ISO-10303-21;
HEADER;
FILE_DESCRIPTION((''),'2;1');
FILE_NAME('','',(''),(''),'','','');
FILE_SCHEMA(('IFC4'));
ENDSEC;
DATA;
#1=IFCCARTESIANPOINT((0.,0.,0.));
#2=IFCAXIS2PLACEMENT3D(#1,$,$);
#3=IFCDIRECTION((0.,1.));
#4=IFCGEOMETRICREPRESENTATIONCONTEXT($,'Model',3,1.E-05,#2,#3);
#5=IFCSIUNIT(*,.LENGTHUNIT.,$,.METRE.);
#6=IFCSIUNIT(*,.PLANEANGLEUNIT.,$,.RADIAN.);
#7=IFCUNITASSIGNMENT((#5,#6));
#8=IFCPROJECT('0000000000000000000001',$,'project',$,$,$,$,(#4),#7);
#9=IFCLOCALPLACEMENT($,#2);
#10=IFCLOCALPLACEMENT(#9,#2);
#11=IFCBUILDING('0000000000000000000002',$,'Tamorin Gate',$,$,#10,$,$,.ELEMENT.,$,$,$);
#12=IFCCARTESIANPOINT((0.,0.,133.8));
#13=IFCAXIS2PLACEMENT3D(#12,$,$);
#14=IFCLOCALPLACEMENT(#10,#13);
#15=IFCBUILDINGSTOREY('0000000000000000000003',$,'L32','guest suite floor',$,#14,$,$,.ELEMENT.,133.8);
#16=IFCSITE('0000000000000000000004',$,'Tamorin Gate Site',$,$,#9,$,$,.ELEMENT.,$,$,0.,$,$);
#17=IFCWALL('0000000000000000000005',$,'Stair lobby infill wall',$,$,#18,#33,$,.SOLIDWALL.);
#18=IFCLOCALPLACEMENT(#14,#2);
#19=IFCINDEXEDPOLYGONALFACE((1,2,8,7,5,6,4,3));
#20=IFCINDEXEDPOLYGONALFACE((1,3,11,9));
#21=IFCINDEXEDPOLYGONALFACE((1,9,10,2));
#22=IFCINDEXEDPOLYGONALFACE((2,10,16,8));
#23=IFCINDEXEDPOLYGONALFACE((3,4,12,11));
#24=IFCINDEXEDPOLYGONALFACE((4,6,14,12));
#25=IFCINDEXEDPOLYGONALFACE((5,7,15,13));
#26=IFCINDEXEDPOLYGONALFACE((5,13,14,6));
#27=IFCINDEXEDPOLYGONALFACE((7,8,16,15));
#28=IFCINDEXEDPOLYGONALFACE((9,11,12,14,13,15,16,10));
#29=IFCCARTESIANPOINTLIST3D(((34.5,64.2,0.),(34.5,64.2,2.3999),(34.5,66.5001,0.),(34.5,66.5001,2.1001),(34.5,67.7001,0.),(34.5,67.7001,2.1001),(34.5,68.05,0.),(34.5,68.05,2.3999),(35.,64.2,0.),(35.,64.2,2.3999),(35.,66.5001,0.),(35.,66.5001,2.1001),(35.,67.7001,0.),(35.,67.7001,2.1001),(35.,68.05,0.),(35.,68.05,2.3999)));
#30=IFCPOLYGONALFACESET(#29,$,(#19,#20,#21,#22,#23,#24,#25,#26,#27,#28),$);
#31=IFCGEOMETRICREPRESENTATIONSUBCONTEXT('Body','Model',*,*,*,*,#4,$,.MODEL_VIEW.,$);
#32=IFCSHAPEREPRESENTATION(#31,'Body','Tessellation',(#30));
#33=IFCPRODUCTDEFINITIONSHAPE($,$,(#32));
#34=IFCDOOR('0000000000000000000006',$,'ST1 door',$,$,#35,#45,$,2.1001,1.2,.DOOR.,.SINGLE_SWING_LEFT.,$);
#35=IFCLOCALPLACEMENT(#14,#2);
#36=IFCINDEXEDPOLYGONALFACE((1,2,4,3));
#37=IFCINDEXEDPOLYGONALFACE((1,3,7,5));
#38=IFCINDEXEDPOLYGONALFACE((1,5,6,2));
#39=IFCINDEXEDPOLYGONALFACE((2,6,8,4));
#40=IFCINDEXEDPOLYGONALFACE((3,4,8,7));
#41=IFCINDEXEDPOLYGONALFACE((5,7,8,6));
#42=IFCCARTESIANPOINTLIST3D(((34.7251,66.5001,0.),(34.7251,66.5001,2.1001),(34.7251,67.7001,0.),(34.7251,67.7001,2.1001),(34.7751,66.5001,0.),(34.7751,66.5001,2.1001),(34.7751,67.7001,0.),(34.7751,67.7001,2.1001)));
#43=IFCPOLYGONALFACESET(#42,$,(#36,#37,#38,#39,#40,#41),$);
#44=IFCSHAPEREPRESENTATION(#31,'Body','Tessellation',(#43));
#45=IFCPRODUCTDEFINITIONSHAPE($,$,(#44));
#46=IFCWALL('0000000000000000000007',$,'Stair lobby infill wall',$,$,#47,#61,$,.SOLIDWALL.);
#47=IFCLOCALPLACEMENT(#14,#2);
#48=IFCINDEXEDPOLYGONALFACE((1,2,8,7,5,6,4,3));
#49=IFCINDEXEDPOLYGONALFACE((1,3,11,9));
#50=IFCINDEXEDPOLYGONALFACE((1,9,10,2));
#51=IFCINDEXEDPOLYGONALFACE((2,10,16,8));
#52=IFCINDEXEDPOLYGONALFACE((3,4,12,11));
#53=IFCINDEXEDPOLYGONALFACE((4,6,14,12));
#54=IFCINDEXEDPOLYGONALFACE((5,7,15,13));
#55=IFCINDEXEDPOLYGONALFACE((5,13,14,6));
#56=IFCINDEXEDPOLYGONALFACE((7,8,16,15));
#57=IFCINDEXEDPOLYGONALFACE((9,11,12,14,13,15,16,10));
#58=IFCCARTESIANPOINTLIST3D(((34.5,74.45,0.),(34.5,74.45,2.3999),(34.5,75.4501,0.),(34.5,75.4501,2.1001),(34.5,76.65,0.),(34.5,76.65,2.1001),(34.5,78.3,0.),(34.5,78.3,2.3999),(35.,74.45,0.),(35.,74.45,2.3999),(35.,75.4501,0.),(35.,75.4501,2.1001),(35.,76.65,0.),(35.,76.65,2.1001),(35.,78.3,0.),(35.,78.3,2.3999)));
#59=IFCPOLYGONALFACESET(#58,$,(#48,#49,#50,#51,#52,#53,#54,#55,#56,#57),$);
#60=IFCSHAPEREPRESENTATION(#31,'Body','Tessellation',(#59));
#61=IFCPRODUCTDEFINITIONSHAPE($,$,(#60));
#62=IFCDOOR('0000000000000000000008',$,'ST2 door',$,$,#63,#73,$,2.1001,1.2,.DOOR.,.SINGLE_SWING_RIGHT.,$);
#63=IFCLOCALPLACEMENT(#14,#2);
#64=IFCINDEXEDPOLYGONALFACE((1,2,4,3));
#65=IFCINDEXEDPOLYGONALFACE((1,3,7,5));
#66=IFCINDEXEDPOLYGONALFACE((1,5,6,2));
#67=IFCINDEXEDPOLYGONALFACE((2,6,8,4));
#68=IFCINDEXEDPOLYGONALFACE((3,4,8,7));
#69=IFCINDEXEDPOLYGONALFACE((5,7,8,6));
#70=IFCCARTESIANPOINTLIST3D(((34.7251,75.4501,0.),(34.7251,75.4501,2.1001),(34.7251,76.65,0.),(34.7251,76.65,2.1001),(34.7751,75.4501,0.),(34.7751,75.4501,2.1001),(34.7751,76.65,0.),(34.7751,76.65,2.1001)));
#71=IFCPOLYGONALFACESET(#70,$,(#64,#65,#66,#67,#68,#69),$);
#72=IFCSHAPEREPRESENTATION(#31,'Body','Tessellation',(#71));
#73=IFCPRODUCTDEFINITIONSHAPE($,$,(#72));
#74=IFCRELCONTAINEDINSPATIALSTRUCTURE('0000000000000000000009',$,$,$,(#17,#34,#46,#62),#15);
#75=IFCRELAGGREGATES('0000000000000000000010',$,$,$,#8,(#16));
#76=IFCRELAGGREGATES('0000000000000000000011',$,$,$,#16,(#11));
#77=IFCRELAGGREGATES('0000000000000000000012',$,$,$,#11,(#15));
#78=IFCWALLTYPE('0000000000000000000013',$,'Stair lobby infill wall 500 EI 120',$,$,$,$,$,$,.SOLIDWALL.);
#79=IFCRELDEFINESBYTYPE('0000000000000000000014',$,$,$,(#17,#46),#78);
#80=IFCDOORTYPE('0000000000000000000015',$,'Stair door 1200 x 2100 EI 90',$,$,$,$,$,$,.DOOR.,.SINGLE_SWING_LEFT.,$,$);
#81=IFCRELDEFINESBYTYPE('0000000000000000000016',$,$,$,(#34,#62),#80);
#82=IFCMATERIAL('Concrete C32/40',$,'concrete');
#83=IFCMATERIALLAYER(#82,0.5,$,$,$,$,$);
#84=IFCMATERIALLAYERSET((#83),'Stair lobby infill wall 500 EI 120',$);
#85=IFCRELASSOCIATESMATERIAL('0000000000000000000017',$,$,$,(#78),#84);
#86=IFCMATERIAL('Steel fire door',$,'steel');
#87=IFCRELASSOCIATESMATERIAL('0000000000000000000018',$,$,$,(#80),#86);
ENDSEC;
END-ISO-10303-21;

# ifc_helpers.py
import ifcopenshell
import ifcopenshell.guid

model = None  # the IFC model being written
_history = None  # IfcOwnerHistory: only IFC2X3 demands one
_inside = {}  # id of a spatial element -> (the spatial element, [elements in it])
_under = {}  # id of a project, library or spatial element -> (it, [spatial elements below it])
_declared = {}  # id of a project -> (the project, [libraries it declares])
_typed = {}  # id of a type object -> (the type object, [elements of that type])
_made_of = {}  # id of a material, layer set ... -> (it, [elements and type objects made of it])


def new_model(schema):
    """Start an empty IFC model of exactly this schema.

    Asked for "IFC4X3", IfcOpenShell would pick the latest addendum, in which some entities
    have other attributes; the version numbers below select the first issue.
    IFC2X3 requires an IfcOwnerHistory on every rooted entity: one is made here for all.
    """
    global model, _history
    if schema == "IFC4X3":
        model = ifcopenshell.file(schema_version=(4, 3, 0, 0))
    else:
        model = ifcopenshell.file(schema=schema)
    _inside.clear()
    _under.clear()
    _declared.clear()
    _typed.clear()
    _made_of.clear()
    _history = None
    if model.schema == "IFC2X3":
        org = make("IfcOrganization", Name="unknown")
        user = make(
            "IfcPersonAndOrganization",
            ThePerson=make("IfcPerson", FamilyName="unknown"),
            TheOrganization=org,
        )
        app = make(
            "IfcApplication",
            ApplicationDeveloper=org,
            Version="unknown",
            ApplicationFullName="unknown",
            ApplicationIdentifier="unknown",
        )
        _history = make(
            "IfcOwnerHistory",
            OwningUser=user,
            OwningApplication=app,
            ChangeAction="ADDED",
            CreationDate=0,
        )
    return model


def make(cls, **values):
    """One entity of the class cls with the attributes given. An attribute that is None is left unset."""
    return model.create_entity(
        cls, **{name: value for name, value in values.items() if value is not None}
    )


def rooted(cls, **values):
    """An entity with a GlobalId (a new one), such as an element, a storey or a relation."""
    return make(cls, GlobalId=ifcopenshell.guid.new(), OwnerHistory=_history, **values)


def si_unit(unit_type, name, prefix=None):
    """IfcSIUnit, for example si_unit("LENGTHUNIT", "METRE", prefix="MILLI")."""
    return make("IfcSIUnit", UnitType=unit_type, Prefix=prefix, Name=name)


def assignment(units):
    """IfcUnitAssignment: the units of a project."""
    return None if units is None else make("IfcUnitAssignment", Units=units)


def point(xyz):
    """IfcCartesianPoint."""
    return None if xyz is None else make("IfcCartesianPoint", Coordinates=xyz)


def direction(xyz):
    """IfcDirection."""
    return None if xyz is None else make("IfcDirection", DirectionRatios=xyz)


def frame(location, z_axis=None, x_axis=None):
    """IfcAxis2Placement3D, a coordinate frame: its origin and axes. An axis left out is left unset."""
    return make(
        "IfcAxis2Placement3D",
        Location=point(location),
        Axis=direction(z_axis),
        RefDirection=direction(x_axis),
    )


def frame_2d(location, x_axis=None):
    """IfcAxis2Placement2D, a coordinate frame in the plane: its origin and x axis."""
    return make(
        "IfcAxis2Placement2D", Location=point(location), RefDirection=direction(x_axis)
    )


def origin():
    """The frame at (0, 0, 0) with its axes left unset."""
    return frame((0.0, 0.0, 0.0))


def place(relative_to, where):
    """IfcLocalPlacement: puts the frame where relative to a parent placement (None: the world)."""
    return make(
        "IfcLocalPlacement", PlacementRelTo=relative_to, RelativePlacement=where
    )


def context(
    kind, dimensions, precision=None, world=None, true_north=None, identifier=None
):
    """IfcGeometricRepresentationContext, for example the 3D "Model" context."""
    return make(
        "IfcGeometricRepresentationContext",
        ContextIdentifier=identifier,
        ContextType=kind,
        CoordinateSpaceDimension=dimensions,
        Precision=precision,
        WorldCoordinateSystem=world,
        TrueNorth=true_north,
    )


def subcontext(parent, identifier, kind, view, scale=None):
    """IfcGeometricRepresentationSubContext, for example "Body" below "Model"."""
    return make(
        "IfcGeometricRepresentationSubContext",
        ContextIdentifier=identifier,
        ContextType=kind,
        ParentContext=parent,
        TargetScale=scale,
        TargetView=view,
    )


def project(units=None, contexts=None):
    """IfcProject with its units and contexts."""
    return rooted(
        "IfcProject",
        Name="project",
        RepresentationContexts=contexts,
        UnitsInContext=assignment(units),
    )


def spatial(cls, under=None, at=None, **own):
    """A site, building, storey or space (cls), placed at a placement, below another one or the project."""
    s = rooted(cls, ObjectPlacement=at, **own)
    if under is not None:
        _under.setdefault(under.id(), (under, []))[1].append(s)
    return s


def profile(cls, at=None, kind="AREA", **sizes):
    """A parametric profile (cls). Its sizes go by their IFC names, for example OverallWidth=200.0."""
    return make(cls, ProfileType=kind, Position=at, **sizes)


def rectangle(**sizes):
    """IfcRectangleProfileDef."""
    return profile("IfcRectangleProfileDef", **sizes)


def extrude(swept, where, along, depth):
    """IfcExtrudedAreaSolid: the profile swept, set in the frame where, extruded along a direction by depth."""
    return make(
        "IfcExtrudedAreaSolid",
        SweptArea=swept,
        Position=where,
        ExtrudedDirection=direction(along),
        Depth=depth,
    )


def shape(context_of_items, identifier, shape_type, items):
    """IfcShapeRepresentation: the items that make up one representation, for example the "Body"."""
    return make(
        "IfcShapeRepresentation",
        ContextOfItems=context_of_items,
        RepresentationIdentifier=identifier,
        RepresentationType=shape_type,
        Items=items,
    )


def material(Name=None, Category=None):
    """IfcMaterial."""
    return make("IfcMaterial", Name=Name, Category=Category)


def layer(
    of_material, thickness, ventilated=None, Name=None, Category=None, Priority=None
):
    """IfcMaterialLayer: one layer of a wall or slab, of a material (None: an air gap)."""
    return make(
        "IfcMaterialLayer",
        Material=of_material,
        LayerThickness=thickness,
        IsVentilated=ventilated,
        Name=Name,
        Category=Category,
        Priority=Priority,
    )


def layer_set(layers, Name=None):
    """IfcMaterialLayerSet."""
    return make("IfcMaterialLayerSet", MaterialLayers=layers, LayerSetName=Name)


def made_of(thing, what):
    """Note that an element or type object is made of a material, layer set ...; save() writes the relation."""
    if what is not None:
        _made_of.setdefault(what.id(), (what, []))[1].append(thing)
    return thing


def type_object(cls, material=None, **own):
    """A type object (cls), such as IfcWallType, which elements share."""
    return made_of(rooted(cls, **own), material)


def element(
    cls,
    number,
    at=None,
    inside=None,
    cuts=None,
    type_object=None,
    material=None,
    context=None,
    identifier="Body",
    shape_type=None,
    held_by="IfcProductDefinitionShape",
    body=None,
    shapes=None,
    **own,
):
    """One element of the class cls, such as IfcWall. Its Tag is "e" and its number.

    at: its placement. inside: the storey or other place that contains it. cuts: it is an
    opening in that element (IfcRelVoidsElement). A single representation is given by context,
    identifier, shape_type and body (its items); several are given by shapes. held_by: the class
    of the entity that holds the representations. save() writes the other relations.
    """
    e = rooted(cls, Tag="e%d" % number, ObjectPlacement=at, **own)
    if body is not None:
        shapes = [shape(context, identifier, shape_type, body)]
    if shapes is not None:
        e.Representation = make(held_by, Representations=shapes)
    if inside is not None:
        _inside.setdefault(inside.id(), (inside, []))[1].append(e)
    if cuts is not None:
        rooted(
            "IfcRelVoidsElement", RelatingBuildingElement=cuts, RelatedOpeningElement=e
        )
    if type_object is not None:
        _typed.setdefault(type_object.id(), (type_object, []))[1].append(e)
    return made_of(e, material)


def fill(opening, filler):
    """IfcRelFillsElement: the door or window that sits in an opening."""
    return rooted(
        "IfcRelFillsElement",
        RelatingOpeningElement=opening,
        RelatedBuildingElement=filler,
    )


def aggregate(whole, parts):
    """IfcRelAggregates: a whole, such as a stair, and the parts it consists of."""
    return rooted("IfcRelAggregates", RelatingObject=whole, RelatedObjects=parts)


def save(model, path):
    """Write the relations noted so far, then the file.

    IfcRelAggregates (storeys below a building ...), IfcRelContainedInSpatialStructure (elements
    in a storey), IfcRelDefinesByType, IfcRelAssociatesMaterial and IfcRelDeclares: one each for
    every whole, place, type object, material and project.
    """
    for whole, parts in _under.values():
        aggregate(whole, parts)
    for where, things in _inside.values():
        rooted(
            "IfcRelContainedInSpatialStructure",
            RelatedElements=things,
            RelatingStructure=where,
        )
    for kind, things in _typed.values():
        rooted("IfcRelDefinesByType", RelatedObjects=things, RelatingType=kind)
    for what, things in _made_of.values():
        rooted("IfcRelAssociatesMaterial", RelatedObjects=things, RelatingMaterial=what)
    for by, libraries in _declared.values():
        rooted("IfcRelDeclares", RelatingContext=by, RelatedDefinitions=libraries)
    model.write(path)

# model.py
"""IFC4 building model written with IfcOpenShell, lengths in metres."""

from ifc_helpers import new_model, si_unit, direction, frame, frame_2d, origin, place, context, subcontext, project, spatial, rectangle, extrude, material, layer, layer_set, type_object, element, fill, save


model = new_model("IFC4")

# Units and contexts
model_context = context("Model", 3, precision=1e-05, world=origin(), true_north=direction((0.0, 1.0)))
body_context = subcontext(model_context, "Body", "Model", "MODEL_VIEW")
ifc_project = project(units=[si_unit("LENGTHUNIT", "METRE"), si_unit("PLANEANGLEUNIT", "RADIAN")], contexts=[model_context])

# Site, building, storey
site_placement = place(None, origin())
site = spatial("IfcSite", under=ifc_project, at=site_placement, Name="Tamorin Gate Site", CompositionType="ELEMENT", RefElevation=0.0)
building_placement = place(site_placement, origin())
building = spatial("IfcBuilding", under=site, at=building_placement, Name="Tamorin Gate", CompositionType="ELEMENT")
storey_placement = place(building_placement, frame((0.0, 0.0, 133.8)))
storey = spatial("IfcBuildingStorey", under=building, at=storey_placement, Name="L32", Description="guest suite floor", CompositionType="ELEMENT", Elevation=133.8)

# Shared definitions
ifc_material_1 = material(Name="Steel fire door", Category="steel")

# Walls, openings, doors
ifc_material_2 = material(Name="Concrete C32/40", Category="concrete")
ifc_layer_1 = layer(ifc_material_2, 0.5)
ifc_layer_set_1 = layer_set([ifc_layer_1], Name="Stair lobby infill wall 500 EI 120")
wall_type_1 = type_object("IfcWallType", Name="Stair lobby infill wall 500 EI 120", PredefinedType="SOLIDWALL", material=ifc_layer_set_1)
wall_1_placement = place(storey_placement, frame((34.75, 64.2, 0.0), z_axis=(0.0, 0.0, 1.0), x_axis=(0.0, 1.0, 0.0)))
wall_1 = element("IfcWall", 1, at=wall_1_placement, inside=storey, type_object=wall_type_1, Name="Stair lobby infill wall", PredefinedType="SOLIDWALL", context=body_context, shape_type="SweptSolid", body=[
    extrude(rectangle(XDim=3.8501, YDim=0.5, at=frame_2d((1.925, 0.0))), origin(), (0.0, 0.0, 1.0), 2.3999),
])
opening_1_placement = place(wall_1_placement, frame((2.3, 0.0, 0.0)))
opening_1 = element("IfcOpeningElement", 2, at=opening_1_placement, cuts=wall_1, PredefinedType="OPENING", context=body_context, shape_type="SweptSolid", body=[
    extrude(rectangle(XDim=1.2, YDim=2.1001, at=frame_2d((0.6001, 1.05))), frame((0.0, 0.26, 0.0), z_axis=(0.0, -1.0, 0.0), x_axis=(1.0, 0.0, 0.0)), (0.0, 0.0, 1.0), 0.52),
])
door_type_1 = type_object("IfcDoorType", Name="Stair door 1200 x 2100 EI 90", OperationType="SINGLE_SWING_LEFT", PredefinedType="DOOR", material=ifc_material_1)
door_1_placement = place(opening_1_placement, origin())
door_1 = element("IfcDoor", 3, at=door_1_placement, inside=storey, type_object=door_type_1, Name="ST1 door", OperationType="SINGLE_SWING_LEFT", OverallHeight=2.1001, OverallWidth=1.2, PredefinedType="DOOR", context=body_context, shape_type="SweptSolid", body=[
    extrude(rectangle(XDim=1.2, YDim=2.1001, at=frame_2d((0.6001, 1.05))), frame((0.0, 0.0249, 0.0), z_axis=(0.0, -1.0, 0.0), x_axis=(1.0, 0.0, 0.0)), (0.0, 0.0, 1.0), 0.05),
])
fill(opening_1, door_1)
wall_2_placement = place(storey_placement, frame((34.75, 74.45, 0.0), z_axis=(0.0, 0.0, 1.0), x_axis=(0.0, 1.0, 0.0)))
wall_2 = element("IfcWall", 4, at=wall_2_placement, inside=storey, type_object=wall_type_1, Name="Stair lobby infill wall", PredefinedType="SOLIDWALL", context=body_context, shape_type="SweptSolid", body=[
    extrude(rectangle(XDim=3.8501, YDim=0.5, at=frame_2d((1.925, 0.0))), origin(), (0.0, 0.0, 1.0), 2.3999),
])
opening_2_placement = place(wall_2_placement, frame((1.0, 0.0, 0.0)))
opening_2 = element("IfcOpeningElement", 5, at=opening_2_placement, cuts=wall_2, PredefinedType="OPENING", context=body_context, shape_type="SweptSolid", body=[
    extrude(rectangle(XDim=1.2, YDim=2.1001, at=frame_2d((0.6001, 1.05))), frame((0.0, 0.26, 0.0), z_axis=(0.0, -1.0, 0.0), x_axis=(1.0, 0.0, 0.0)), (0.0, 0.0, 1.0), 0.52),
])
door_2_placement = place(opening_2_placement, origin())
door_2 = element("IfcDoor", 6, at=door_2_placement, inside=storey, type_object=door_type_1, Name="ST2 door", OperationType="SINGLE_SWING_RIGHT", OverallHeight=2.1001, OverallWidth=1.2, PredefinedType="DOOR", context=body_context, shape_type="SweptSolid", body=[
    extrude(rectangle(XDim=1.2, YDim=2.1001, at=frame_2d((0.6001, 1.05))), frame((0.0, 0.0249, 0.0), z_axis=(0.0, -1.0, 0.0), x_axis=(1.0, 0.0, 0.0)), (0.0, 0.0, 1.0), 0.05),
])
fill(opening_2, door_2)

save(model, "model.ifc")
